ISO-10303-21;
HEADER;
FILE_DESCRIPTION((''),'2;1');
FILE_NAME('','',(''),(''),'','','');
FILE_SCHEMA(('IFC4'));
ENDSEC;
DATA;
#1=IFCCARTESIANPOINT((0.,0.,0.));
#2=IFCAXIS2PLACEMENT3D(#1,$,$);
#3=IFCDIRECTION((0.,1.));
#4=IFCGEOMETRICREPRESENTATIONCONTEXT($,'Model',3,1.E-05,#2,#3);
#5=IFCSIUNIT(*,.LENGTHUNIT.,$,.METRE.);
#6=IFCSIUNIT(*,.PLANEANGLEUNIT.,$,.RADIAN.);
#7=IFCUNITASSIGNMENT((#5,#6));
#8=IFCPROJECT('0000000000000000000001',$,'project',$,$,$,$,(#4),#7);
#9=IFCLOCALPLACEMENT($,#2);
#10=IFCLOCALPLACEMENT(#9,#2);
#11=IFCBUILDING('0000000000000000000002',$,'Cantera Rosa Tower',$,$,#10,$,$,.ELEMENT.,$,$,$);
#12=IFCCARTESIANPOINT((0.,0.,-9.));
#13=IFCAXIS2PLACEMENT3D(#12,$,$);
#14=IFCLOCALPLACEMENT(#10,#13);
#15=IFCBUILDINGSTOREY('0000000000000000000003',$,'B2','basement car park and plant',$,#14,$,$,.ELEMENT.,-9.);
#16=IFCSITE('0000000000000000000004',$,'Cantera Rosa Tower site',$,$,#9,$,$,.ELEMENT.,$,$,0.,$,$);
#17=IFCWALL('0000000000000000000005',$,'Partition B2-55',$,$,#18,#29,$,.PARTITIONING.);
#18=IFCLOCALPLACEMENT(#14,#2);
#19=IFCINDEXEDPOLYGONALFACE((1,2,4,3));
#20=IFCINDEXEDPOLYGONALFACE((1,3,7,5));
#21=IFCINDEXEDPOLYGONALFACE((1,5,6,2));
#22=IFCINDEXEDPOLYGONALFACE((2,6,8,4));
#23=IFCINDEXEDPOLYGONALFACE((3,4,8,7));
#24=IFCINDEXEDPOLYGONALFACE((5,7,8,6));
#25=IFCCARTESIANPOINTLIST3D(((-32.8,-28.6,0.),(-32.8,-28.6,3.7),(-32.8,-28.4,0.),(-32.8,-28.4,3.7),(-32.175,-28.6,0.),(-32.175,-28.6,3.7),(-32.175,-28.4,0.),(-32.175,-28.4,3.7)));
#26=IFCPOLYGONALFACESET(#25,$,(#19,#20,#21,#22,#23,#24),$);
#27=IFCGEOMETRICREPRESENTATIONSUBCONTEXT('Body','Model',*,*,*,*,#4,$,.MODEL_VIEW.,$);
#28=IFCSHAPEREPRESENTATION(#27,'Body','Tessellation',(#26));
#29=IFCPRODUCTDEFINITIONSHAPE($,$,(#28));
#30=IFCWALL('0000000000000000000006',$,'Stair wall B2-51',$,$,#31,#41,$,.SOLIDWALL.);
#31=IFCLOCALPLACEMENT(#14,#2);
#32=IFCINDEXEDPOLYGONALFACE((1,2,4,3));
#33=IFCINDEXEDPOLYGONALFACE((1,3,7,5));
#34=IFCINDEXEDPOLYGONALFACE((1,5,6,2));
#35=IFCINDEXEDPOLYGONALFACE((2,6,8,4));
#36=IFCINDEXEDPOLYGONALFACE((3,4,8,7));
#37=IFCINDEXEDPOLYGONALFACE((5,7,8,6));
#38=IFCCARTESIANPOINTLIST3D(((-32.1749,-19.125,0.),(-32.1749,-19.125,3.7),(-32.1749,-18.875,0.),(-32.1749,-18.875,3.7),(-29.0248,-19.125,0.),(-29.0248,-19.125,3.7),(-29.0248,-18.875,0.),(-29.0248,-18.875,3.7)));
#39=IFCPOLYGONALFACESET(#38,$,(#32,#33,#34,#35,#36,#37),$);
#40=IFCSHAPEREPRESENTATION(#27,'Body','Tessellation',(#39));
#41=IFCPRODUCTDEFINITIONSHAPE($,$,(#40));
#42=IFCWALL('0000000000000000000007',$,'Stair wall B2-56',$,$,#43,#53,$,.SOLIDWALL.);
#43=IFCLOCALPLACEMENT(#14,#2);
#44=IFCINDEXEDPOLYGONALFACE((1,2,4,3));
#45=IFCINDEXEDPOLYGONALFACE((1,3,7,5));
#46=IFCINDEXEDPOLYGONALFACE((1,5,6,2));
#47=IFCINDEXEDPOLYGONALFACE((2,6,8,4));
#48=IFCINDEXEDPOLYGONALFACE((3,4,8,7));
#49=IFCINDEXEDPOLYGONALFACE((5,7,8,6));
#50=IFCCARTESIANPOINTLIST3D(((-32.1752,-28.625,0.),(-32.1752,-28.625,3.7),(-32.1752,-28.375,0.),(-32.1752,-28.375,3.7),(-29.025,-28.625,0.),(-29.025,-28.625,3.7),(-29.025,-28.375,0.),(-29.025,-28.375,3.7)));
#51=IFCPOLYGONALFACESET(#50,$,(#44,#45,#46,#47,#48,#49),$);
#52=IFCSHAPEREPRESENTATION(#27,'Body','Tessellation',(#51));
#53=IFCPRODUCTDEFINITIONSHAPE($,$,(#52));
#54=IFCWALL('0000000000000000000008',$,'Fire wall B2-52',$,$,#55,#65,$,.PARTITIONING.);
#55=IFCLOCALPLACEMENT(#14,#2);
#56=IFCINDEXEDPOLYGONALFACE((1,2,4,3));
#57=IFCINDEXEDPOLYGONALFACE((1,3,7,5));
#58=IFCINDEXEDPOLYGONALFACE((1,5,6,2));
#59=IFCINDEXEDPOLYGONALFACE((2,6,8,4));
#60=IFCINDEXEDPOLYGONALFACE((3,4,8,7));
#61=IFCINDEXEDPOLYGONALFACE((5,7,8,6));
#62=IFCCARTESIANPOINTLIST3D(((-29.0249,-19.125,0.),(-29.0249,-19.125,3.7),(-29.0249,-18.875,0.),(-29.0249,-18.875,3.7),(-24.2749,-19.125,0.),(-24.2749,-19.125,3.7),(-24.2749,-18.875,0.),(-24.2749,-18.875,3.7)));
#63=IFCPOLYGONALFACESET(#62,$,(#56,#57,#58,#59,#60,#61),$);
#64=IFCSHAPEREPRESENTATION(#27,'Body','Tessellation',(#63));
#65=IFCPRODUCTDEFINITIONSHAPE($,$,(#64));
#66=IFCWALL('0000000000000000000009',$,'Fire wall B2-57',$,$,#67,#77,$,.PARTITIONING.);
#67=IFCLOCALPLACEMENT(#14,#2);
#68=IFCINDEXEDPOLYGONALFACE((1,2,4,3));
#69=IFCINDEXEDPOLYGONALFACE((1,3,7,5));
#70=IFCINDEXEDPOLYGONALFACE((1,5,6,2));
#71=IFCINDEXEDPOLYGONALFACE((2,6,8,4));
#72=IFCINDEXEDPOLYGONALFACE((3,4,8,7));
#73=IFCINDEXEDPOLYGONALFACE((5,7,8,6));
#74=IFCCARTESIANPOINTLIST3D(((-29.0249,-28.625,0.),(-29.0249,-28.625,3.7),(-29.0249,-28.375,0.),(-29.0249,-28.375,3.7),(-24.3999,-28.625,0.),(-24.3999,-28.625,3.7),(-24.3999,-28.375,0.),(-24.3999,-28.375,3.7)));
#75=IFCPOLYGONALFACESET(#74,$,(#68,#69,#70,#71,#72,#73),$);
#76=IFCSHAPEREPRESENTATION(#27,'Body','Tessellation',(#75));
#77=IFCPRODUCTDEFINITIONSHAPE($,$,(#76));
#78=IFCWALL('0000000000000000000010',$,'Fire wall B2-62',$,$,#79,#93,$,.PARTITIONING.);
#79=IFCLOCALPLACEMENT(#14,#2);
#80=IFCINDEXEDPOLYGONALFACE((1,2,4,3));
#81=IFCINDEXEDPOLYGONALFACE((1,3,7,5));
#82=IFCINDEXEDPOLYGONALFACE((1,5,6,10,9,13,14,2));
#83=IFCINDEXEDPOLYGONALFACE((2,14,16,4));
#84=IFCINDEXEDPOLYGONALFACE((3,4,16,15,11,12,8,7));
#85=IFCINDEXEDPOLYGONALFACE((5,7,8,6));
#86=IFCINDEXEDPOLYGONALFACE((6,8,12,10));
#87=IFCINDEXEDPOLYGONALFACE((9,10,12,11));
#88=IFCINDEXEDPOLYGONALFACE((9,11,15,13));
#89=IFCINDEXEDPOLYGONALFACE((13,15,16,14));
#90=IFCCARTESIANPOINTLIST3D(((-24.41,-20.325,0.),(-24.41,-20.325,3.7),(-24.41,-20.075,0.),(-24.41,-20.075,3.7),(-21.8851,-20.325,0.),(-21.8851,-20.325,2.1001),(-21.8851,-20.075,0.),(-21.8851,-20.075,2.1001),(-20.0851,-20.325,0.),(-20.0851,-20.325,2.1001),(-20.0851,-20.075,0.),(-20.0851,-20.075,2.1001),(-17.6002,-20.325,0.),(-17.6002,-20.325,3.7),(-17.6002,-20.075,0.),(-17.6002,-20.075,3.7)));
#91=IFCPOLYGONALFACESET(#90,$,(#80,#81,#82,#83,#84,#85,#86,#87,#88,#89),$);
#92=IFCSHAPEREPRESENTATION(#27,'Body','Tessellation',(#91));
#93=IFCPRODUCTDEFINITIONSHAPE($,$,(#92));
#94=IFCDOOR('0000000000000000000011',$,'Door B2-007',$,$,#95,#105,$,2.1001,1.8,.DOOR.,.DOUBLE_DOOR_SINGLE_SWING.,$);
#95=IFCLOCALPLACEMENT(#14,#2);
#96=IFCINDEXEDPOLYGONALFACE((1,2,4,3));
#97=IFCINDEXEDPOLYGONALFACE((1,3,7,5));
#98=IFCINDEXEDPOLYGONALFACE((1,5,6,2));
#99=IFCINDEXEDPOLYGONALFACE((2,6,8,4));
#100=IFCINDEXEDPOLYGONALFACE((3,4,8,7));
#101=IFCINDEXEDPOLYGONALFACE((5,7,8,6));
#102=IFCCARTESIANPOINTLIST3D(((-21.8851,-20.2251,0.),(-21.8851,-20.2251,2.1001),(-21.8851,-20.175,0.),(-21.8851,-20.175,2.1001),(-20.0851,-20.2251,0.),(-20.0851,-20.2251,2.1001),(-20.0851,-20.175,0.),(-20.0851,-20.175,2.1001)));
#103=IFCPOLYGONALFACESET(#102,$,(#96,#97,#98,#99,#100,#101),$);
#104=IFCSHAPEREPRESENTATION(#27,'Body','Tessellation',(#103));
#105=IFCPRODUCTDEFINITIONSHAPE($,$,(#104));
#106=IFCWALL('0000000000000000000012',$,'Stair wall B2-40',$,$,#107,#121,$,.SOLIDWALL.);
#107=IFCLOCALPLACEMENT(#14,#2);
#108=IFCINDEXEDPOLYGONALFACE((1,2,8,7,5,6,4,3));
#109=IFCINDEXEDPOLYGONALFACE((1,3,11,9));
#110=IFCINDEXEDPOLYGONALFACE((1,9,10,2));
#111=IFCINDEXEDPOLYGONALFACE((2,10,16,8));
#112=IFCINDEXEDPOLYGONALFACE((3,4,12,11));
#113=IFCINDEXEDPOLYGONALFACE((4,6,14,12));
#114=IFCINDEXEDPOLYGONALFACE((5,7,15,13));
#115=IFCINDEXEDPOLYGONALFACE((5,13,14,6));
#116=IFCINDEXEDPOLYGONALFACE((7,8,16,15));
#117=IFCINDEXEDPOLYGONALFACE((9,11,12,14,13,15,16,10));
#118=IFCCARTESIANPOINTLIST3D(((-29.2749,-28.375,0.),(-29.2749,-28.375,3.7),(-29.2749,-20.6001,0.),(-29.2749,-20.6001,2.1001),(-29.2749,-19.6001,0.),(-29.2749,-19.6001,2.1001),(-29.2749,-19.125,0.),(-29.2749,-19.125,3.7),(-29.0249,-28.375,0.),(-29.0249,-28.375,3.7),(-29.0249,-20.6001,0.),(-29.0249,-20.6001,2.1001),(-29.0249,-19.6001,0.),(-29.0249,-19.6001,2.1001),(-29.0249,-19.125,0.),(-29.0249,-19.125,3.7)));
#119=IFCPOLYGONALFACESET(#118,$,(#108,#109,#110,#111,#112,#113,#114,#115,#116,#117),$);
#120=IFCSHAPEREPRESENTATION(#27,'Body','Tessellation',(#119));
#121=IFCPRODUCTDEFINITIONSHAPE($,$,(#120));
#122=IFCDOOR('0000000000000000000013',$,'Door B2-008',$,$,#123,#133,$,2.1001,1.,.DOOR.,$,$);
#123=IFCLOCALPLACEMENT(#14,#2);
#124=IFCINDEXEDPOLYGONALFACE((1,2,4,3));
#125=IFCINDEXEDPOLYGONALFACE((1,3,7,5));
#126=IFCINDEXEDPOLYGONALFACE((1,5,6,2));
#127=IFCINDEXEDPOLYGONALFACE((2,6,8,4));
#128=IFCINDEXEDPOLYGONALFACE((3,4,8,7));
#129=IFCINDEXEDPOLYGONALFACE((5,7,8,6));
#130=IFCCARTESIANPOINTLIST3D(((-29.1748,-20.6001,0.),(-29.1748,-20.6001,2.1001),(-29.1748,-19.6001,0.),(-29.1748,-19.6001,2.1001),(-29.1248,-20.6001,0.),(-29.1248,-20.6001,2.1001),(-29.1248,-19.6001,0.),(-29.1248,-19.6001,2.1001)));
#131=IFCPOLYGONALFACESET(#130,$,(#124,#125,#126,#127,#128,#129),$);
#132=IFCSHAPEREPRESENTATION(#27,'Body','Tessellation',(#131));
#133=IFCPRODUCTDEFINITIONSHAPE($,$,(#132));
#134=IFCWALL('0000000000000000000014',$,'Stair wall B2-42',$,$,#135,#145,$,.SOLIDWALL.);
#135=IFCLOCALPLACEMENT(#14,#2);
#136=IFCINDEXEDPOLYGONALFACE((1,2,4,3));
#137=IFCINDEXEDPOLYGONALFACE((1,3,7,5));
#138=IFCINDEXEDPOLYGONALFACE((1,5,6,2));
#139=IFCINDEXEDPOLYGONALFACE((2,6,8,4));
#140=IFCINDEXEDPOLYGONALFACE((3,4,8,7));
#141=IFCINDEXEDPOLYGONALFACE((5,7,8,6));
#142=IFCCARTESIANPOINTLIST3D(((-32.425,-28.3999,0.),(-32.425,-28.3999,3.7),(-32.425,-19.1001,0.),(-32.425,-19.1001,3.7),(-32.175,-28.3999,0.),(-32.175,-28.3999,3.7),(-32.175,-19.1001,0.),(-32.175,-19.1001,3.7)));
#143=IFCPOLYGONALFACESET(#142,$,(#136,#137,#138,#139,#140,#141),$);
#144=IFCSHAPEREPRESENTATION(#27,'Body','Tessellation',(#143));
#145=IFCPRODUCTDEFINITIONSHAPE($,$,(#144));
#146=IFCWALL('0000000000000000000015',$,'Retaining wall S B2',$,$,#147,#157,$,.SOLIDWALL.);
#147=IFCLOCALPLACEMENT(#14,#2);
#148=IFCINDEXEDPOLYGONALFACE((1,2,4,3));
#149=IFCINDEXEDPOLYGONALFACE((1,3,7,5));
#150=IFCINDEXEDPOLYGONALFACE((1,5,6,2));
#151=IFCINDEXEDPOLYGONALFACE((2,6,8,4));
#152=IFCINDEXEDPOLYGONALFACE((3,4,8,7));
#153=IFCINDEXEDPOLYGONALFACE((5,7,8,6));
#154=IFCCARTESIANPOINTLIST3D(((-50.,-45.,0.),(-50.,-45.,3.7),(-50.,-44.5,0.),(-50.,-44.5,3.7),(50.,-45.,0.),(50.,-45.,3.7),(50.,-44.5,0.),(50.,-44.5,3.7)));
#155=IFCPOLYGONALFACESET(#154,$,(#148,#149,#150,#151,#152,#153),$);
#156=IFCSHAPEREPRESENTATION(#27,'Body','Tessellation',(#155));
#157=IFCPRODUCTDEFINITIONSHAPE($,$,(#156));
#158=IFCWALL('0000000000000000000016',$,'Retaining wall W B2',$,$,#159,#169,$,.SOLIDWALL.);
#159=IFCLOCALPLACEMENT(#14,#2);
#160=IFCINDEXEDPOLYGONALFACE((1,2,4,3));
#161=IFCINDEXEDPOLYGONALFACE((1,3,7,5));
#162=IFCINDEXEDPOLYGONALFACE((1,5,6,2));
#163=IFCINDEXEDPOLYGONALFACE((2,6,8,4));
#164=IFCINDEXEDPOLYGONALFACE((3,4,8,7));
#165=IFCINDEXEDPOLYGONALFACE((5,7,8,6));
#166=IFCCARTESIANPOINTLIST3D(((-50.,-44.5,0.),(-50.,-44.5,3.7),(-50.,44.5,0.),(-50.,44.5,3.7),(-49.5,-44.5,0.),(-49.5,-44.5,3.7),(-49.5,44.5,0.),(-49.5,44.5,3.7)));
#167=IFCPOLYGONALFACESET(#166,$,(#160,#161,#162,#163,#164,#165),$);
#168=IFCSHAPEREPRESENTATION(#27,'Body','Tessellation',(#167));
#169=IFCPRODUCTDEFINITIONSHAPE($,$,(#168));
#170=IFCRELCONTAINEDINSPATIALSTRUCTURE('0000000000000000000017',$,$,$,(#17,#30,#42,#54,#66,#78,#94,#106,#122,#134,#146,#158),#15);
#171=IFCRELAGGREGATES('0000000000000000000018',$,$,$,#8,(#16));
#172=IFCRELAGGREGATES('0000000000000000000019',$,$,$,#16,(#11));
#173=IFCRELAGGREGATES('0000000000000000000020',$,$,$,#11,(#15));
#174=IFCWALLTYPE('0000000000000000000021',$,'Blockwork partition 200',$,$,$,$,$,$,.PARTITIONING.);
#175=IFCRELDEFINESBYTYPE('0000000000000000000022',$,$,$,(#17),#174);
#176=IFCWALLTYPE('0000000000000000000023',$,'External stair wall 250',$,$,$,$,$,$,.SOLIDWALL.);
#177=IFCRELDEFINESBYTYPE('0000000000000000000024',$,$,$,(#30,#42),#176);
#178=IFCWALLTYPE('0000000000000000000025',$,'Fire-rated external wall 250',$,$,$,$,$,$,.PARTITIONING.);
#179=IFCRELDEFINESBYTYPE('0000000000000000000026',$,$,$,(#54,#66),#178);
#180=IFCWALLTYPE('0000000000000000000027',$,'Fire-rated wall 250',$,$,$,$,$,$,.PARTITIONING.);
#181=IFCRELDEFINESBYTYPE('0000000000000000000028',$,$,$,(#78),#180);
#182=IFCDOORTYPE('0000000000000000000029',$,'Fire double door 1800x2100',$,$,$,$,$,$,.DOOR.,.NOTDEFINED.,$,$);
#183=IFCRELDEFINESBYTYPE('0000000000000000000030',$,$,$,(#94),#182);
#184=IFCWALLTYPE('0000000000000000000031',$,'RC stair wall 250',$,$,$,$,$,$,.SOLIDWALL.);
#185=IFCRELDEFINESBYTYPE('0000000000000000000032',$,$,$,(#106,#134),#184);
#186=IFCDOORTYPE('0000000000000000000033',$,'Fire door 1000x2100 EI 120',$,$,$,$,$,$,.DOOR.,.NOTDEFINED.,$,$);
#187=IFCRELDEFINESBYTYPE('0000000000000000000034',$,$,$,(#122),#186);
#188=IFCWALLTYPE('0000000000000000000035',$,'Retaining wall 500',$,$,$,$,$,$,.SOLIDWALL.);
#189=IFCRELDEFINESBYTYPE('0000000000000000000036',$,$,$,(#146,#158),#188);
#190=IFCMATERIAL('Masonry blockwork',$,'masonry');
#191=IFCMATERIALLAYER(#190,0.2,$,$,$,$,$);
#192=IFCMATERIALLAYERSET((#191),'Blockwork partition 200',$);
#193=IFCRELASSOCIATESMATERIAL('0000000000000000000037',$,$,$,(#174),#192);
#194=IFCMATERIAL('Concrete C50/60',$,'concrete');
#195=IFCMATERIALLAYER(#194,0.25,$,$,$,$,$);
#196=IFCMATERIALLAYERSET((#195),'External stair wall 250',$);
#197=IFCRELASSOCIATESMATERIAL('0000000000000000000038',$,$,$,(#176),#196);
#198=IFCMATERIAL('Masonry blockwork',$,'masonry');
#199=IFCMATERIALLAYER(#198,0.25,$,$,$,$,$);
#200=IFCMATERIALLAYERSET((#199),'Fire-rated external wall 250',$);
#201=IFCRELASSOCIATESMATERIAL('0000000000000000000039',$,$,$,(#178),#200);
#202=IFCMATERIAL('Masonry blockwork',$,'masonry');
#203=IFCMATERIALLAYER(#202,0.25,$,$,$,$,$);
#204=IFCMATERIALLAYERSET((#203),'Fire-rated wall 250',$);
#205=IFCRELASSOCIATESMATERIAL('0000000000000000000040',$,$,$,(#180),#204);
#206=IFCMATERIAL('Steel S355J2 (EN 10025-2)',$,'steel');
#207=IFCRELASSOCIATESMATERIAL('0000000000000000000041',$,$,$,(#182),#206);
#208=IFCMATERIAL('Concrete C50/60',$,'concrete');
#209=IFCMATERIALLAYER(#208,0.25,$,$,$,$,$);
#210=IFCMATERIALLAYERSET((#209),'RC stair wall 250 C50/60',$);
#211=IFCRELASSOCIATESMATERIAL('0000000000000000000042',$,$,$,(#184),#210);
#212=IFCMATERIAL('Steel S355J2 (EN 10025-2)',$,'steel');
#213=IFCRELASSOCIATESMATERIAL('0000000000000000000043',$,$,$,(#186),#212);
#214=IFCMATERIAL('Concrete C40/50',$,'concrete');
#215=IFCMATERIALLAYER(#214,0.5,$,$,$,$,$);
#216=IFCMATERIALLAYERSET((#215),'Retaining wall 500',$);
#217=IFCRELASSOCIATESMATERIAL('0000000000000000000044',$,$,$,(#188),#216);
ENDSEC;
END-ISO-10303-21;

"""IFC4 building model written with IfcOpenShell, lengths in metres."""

from ifc_helpers import new_model, si_unit, direction, frame, frame_2d, origin, place, context, subcontext, project, spatial, rectangle, extrude, material, layer, layer_set, type_object, element, fill, save


model = new_model("IFC4")

# Units and contexts
model_context = context("Model", 3, precision=1e-05, world=origin(), true_north=direction((0.0, 1.0)))
body_context = subcontext(model_context, "Body", "Model", "MODEL_VIEW")
ifc_project = project(units=[si_unit("LENGTHUNIT", "METRE"), si_unit("PLANEANGLEUNIT", "RADIAN")], contexts=[model_context])

# Site, building, storey
site_placement = place(None, origin())
site = spatial("IfcSite", under=ifc_project, at=site_placement, Name="Cantera Rosa Tower site", CompositionType="ELEMENT", RefElevation=0.0)
building_placement = place(site_placement, origin())
building = spatial("IfcBuilding", under=site, at=building_placement, Name="Cantera Rosa Tower", CompositionType="ELEMENT")
storey_placement = place(building_placement, frame((0.0, 0.0, -9.0)))
storey = spatial("IfcBuildingStorey", under=building, at=storey_placement, Name="B2", Description="basement car park and plant", CompositionType="ELEMENT", Elevation=-9.0)

# Walls
ifc_material_1 = material(Name="Masonry blockwork", Category="masonry")
ifc_layer_1 = layer(ifc_material_1, 0.2)
ifc_layer_set_1 = layer_set([ifc_layer_1], Name="Blockwork partition 200")
wall_type_1 = type_object("IfcWallType", Name="Blockwork partition 200", PredefinedType="PARTITIONING", material=ifc_layer_set_1)
for number, where, z_axis, x_axis, name in (
    (1, (-32.8, -28.5, 0.0), (0.0, 0.0, 1.0), (1.0, 0.0, 0.0), "Partition B2-55"),
):
    element("IfcWall", number, at=place(storey_placement, frame(where, z_axis=z_axis, x_axis=x_axis)), inside=storey, type_object=wall_type_1, Name=name, PredefinedType="PARTITIONING", context=body_context, shape_type="SweptSolid", body=[
        extrude(rectangle(XDim=0.625, YDim=0.2, at=frame_2d((0.3125, 0.0))), origin(), (0.0, 0.0, 1.0), 3.7),
    ])
ifc_material_2 = material(Name="Concrete C50/60", Category="concrete")
ifc_layer_2 = layer(ifc_material_2, 0.25)
ifc_layer_set_2 = layer_set([ifc_layer_2], Name="External stair wall 250")
wall_type_2 = type_object("IfcWallType", Name="External stair wall 250", PredefinedType="SOLIDWALL", material=ifc_layer_set_2)
for number, where, z_axis, x_axis, name in (
    (2, (-32.175, -19.0, 0.0), (0.0, 0.0, 1.0), (1.0, 0.0, 0.0), "Stair wall B2-51"),
    (3, (-29.0249, -28.5, 0.0), (0.0, 0.0, 1.0), (-1.0, 0.0, 0.0), "Stair wall B2-56"),
):
    element("IfcWall", number, at=place(storey_placement, frame(where, z_axis=z_axis, x_axis=x_axis)), inside=storey, type_object=wall_type_2, Name=name, PredefinedType="SOLIDWALL", context=body_context, shape_type="SweptSolid", body=[
        extrude(rectangle(XDim=3.1501, YDim=0.25, at=frame_2d((1.5752, 0.0))), origin(), (0.0, 0.0, 1.0), 3.7),
    ])
ifc_material_3 = material(Name="Masonry blockwork", Category="masonry")
ifc_layer_3 = layer(ifc_material_3, 0.25)
ifc_layer_set_3 = layer_set([ifc_layer_3], Name="Fire-rated external wall 250")
wall_type_3 = type_object("IfcWallType", Name="Fire-rated external wall 250", PredefinedType="PARTITIONING", material=ifc_layer_set_3)
wall_1_placement = place(storey_placement, frame((-29.0249, -19.0, 0.0), z_axis=(0.0, 0.0, 1.0), x_axis=(1.0, 0.0, 0.0)))
element("IfcWall", 4, at=wall_1_placement, inside=storey, type_object=wall_type_3, Name="Fire wall B2-52", PredefinedType="PARTITIONING", context=body_context, shape_type="SweptSolid", body=[
    extrude(rectangle(XDim=4.75, YDim=0.25, at=frame_2d((2.375, 0.0))), origin(), (0.0, 0.0, 1.0), 3.7),
])
wall_2_placement = place(storey_placement, frame((-29.0249, -28.5, 0.0), z_axis=(0.0, 0.0, 1.0), x_axis=(1.0, 0.0, 0.0)))
element("IfcWall", 5, at=wall_2_placement, inside=storey, type_object=wall_type_3, Name="Fire wall B2-57", PredefinedType="PARTITIONING", context=body_context, shape_type="SweptSolid", body=[
    extrude(rectangle(XDim=4.625, YDim=0.25, at=frame_2d((2.3125, 0.0))), origin(), (0.0, 0.0, 1.0), 3.7),
])

# Walls, openings, doors
ifc_material_4 = material(Name="Masonry blockwork", Category="masonry")
ifc_layer_4 = layer(ifc_material_4, 0.25)
ifc_layer_set_4 = layer_set([ifc_layer_4], Name="Fire-rated wall 250")
wall_type_4 = type_object("IfcWallType", Name="Fire-rated wall 250", PredefinedType="PARTITIONING", material=ifc_layer_set_4)
wall_3_placement = place(storey_placement, frame((-24.4099, -20.2, 0.0), z_axis=(0.0, 0.0, 1.0), x_axis=(1.0, 0.0, 0.0)))
wall_3 = element("IfcWall", 6, at=wall_3_placement, inside=storey, type_object=wall_type_4, Name="Fire wall B2-62", PredefinedType="PARTITIONING", context=body_context, shape_type="SweptSolid", body=[
    extrude(rectangle(XDim=6.8098, YDim=0.25, at=frame_2d((3.4048, 0.0))), origin(), (0.0, 0.0, 1.0), 3.7),
])
opening_1_placement = place(wall_3_placement, frame((2.5249, 0.0, 0.0)))
opening_1 = element("IfcOpeningElement", 7, at=opening_1_placement, cuts=wall_3, PredefinedType="OPENING", context=body_context, shape_type="SweptSolid", body=[
    extrude(rectangle(XDim=1.8, YDim=2.1001, at=frame_2d((0.8999, 1.05))), frame((0.0, 0.135, 0.0), z_axis=(0.0, -1.0, 0.0), x_axis=(1.0, 0.0, 0.0)), (0.0, 0.0, 1.0), 0.27),
])
ifc_material_5 = material(Name="Steel S355J2 (EN 10025-2)", Category="steel")
door_type_1 = type_object("IfcDoorType", Name="Fire double door 1800x2100", OperationType="NOTDEFINED", PredefinedType="DOOR", material=ifc_material_5)
door_1_placement = place(opening_1_placement, origin())
door_1 = element("IfcDoor", 8, at=door_1_placement, inside=storey, type_object=door_type_1, Name="Door B2-007", OperationType="DOUBLE_DOOR_SINGLE_SWING", OverallHeight=2.1001, OverallWidth=1.8, PredefinedType="DOOR", context=body_context, shape_type="SweptSolid", body=[
    extrude(rectangle(XDim=1.8, YDim=2.1001, at=frame_2d((0.8999, 1.05))), frame((0.0, 0.0249, 0.0), z_axis=(0.0, -1.0, 0.0), x_axis=(1.0, 0.0, 0.0)), (0.0, 0.0, 1.0), 0.05),
])
fill(opening_1, door_1)
ifc_material_6 = material(Name="Concrete C50/60", Category="concrete")
ifc_layer_5 = layer(ifc_material_6, 0.25)
ifc_layer_set_5 = layer_set([ifc_layer_5], Name="RC stair wall 250 C50/60")
wall_type_5 = type_object("IfcWallType", Name="RC stair wall 250", PredefinedType="SOLIDWALL", material=ifc_layer_set_5)
wall_4_placement = place(storey_placement, frame((-29.1499, -28.375, 0.0), z_axis=(0.0, 0.0, 1.0), x_axis=(0.0, 1.0, 0.0)))
wall_4 = element("IfcWall", 9, at=wall_4_placement, inside=storey, type_object=wall_type_5, Name="Stair wall B2-40", PredefinedType="SOLIDWALL", context=body_context, shape_type="SweptSolid", body=[
    extrude(rectangle(XDim=9.25, YDim=0.25, at=frame_2d((4.625, 0.0))), origin(), (0.0, 0.0, 1.0), 3.7),
])
opening_2_placement = place(wall_4_placement, frame((7.7749, 0.0, 0.0)))
opening_2 = element("IfcOpeningElement", 10, at=opening_2_placement, cuts=wall_4, PredefinedType="OPENING", context=body_context, shape_type="SweptSolid", body=[
    extrude(rectangle(XDim=1.0, YDim=2.1001, at=frame_2d((0.5, 1.05))), frame((0.0, 0.135, 0.0), z_axis=(0.0, -1.0, 0.0), x_axis=(1.0, 0.0, 0.0)), (0.0, 0.0, 1.0), 0.27),
])
ifc_material_7 = material(Name="Steel S355J2 (EN 10025-2)", Category="steel")
door_type_2 = type_object("IfcDoorType", Name="Fire door 1000x2100 EI 120", OperationType="NOTDEFINED", PredefinedType="DOOR", material=ifc_material_7)
door_2_placement = place(opening_2_placement, origin())
door_2 = element("IfcDoor", 11, at=door_2_placement, inside=storey, type_object=door_type_2, Name="Door B2-008", OverallHeight=2.1001, OverallWidth=1.0, PredefinedType="DOOR", context=body_context, shape_type="SweptSolid", body=[
    extrude(rectangle(XDim=1.0, YDim=2.1001, at=frame_2d((0.5, 1.05))), frame((0.0, 0.0249, 0.0), z_axis=(0.0, -1.0, 0.0), x_axis=(1.0, 0.0, 0.0)), (0.0, 0.0, 1.0), 0.05),
])
fill(opening_2, door_2)

# Walls
wall_5_placement = place(storey_placement, frame((-32.3, -28.3999, 0.0), z_axis=(0.0, 0.0, 1.0), x_axis=(0.0, 1.0, 0.0)))
element("IfcWall", 12, at=wall_5_placement, inside=storey, type_object=wall_type_5, Name="Stair wall B2-42", PredefinedType="SOLIDWALL", context=body_context, shape_type="SweptSolid", body=[
    extrude(rectangle(XDim=9.2998, YDim=0.25, at=frame_2d((4.6499, 0.0))), origin(), (0.0, 0.0, 1.0), 3.7),
])
ifc_material_8 = material(Name="Concrete C40/50", Category="concrete")
ifc_layer_6 = layer(ifc_material_8, 0.5)
ifc_layer_set_6 = layer_set([ifc_layer_6], Name="Retaining wall 500")
wall_type_6 = type_object("IfcWallType", Name="Retaining wall 500", PredefinedType="SOLIDWALL", material=ifc_layer_set_6)
wall_6_placement = place(storey_placement, frame((-50.0, -44.75, 0.0), z_axis=(0.0, 0.0, 1.0), x_axis=(1.0, 0.0, 0.0)))
element("IfcWall", 13, at=wall_6_placement, inside=storey, type_object=wall_type_6, Name="Retaining wall S B2", PredefinedType="SOLIDWALL", context=body_context, shape_type="SweptSolid", body=[
    extrude(rectangle(XDim=100.0, YDim=0.5, at=frame_2d((50.0, 0.0))), origin(), (0.0, 0.0, 1.0), 3.7),
])
wall_7_placement = place(storey_placement, frame((-49.75, -44.5, 0.0), z_axis=(0.0, 0.0, 1.0), x_axis=(0.0, 1.0, 0.0)))
element("IfcWall", 14, at=wall_7_placement, inside=storey, type_object=wall_type_6, Name="Retaining wall W B2", PredefinedType="SOLIDWALL", context=body_context, shape_type="SweptSolid", body=[
    extrude(rectangle(XDim=89.0, YDim=0.5, at=frame_2d((44.5, 0.0))), origin(), (0.0, 0.0, 1.0), 3.7),
])

save(model, "model.ifc")
